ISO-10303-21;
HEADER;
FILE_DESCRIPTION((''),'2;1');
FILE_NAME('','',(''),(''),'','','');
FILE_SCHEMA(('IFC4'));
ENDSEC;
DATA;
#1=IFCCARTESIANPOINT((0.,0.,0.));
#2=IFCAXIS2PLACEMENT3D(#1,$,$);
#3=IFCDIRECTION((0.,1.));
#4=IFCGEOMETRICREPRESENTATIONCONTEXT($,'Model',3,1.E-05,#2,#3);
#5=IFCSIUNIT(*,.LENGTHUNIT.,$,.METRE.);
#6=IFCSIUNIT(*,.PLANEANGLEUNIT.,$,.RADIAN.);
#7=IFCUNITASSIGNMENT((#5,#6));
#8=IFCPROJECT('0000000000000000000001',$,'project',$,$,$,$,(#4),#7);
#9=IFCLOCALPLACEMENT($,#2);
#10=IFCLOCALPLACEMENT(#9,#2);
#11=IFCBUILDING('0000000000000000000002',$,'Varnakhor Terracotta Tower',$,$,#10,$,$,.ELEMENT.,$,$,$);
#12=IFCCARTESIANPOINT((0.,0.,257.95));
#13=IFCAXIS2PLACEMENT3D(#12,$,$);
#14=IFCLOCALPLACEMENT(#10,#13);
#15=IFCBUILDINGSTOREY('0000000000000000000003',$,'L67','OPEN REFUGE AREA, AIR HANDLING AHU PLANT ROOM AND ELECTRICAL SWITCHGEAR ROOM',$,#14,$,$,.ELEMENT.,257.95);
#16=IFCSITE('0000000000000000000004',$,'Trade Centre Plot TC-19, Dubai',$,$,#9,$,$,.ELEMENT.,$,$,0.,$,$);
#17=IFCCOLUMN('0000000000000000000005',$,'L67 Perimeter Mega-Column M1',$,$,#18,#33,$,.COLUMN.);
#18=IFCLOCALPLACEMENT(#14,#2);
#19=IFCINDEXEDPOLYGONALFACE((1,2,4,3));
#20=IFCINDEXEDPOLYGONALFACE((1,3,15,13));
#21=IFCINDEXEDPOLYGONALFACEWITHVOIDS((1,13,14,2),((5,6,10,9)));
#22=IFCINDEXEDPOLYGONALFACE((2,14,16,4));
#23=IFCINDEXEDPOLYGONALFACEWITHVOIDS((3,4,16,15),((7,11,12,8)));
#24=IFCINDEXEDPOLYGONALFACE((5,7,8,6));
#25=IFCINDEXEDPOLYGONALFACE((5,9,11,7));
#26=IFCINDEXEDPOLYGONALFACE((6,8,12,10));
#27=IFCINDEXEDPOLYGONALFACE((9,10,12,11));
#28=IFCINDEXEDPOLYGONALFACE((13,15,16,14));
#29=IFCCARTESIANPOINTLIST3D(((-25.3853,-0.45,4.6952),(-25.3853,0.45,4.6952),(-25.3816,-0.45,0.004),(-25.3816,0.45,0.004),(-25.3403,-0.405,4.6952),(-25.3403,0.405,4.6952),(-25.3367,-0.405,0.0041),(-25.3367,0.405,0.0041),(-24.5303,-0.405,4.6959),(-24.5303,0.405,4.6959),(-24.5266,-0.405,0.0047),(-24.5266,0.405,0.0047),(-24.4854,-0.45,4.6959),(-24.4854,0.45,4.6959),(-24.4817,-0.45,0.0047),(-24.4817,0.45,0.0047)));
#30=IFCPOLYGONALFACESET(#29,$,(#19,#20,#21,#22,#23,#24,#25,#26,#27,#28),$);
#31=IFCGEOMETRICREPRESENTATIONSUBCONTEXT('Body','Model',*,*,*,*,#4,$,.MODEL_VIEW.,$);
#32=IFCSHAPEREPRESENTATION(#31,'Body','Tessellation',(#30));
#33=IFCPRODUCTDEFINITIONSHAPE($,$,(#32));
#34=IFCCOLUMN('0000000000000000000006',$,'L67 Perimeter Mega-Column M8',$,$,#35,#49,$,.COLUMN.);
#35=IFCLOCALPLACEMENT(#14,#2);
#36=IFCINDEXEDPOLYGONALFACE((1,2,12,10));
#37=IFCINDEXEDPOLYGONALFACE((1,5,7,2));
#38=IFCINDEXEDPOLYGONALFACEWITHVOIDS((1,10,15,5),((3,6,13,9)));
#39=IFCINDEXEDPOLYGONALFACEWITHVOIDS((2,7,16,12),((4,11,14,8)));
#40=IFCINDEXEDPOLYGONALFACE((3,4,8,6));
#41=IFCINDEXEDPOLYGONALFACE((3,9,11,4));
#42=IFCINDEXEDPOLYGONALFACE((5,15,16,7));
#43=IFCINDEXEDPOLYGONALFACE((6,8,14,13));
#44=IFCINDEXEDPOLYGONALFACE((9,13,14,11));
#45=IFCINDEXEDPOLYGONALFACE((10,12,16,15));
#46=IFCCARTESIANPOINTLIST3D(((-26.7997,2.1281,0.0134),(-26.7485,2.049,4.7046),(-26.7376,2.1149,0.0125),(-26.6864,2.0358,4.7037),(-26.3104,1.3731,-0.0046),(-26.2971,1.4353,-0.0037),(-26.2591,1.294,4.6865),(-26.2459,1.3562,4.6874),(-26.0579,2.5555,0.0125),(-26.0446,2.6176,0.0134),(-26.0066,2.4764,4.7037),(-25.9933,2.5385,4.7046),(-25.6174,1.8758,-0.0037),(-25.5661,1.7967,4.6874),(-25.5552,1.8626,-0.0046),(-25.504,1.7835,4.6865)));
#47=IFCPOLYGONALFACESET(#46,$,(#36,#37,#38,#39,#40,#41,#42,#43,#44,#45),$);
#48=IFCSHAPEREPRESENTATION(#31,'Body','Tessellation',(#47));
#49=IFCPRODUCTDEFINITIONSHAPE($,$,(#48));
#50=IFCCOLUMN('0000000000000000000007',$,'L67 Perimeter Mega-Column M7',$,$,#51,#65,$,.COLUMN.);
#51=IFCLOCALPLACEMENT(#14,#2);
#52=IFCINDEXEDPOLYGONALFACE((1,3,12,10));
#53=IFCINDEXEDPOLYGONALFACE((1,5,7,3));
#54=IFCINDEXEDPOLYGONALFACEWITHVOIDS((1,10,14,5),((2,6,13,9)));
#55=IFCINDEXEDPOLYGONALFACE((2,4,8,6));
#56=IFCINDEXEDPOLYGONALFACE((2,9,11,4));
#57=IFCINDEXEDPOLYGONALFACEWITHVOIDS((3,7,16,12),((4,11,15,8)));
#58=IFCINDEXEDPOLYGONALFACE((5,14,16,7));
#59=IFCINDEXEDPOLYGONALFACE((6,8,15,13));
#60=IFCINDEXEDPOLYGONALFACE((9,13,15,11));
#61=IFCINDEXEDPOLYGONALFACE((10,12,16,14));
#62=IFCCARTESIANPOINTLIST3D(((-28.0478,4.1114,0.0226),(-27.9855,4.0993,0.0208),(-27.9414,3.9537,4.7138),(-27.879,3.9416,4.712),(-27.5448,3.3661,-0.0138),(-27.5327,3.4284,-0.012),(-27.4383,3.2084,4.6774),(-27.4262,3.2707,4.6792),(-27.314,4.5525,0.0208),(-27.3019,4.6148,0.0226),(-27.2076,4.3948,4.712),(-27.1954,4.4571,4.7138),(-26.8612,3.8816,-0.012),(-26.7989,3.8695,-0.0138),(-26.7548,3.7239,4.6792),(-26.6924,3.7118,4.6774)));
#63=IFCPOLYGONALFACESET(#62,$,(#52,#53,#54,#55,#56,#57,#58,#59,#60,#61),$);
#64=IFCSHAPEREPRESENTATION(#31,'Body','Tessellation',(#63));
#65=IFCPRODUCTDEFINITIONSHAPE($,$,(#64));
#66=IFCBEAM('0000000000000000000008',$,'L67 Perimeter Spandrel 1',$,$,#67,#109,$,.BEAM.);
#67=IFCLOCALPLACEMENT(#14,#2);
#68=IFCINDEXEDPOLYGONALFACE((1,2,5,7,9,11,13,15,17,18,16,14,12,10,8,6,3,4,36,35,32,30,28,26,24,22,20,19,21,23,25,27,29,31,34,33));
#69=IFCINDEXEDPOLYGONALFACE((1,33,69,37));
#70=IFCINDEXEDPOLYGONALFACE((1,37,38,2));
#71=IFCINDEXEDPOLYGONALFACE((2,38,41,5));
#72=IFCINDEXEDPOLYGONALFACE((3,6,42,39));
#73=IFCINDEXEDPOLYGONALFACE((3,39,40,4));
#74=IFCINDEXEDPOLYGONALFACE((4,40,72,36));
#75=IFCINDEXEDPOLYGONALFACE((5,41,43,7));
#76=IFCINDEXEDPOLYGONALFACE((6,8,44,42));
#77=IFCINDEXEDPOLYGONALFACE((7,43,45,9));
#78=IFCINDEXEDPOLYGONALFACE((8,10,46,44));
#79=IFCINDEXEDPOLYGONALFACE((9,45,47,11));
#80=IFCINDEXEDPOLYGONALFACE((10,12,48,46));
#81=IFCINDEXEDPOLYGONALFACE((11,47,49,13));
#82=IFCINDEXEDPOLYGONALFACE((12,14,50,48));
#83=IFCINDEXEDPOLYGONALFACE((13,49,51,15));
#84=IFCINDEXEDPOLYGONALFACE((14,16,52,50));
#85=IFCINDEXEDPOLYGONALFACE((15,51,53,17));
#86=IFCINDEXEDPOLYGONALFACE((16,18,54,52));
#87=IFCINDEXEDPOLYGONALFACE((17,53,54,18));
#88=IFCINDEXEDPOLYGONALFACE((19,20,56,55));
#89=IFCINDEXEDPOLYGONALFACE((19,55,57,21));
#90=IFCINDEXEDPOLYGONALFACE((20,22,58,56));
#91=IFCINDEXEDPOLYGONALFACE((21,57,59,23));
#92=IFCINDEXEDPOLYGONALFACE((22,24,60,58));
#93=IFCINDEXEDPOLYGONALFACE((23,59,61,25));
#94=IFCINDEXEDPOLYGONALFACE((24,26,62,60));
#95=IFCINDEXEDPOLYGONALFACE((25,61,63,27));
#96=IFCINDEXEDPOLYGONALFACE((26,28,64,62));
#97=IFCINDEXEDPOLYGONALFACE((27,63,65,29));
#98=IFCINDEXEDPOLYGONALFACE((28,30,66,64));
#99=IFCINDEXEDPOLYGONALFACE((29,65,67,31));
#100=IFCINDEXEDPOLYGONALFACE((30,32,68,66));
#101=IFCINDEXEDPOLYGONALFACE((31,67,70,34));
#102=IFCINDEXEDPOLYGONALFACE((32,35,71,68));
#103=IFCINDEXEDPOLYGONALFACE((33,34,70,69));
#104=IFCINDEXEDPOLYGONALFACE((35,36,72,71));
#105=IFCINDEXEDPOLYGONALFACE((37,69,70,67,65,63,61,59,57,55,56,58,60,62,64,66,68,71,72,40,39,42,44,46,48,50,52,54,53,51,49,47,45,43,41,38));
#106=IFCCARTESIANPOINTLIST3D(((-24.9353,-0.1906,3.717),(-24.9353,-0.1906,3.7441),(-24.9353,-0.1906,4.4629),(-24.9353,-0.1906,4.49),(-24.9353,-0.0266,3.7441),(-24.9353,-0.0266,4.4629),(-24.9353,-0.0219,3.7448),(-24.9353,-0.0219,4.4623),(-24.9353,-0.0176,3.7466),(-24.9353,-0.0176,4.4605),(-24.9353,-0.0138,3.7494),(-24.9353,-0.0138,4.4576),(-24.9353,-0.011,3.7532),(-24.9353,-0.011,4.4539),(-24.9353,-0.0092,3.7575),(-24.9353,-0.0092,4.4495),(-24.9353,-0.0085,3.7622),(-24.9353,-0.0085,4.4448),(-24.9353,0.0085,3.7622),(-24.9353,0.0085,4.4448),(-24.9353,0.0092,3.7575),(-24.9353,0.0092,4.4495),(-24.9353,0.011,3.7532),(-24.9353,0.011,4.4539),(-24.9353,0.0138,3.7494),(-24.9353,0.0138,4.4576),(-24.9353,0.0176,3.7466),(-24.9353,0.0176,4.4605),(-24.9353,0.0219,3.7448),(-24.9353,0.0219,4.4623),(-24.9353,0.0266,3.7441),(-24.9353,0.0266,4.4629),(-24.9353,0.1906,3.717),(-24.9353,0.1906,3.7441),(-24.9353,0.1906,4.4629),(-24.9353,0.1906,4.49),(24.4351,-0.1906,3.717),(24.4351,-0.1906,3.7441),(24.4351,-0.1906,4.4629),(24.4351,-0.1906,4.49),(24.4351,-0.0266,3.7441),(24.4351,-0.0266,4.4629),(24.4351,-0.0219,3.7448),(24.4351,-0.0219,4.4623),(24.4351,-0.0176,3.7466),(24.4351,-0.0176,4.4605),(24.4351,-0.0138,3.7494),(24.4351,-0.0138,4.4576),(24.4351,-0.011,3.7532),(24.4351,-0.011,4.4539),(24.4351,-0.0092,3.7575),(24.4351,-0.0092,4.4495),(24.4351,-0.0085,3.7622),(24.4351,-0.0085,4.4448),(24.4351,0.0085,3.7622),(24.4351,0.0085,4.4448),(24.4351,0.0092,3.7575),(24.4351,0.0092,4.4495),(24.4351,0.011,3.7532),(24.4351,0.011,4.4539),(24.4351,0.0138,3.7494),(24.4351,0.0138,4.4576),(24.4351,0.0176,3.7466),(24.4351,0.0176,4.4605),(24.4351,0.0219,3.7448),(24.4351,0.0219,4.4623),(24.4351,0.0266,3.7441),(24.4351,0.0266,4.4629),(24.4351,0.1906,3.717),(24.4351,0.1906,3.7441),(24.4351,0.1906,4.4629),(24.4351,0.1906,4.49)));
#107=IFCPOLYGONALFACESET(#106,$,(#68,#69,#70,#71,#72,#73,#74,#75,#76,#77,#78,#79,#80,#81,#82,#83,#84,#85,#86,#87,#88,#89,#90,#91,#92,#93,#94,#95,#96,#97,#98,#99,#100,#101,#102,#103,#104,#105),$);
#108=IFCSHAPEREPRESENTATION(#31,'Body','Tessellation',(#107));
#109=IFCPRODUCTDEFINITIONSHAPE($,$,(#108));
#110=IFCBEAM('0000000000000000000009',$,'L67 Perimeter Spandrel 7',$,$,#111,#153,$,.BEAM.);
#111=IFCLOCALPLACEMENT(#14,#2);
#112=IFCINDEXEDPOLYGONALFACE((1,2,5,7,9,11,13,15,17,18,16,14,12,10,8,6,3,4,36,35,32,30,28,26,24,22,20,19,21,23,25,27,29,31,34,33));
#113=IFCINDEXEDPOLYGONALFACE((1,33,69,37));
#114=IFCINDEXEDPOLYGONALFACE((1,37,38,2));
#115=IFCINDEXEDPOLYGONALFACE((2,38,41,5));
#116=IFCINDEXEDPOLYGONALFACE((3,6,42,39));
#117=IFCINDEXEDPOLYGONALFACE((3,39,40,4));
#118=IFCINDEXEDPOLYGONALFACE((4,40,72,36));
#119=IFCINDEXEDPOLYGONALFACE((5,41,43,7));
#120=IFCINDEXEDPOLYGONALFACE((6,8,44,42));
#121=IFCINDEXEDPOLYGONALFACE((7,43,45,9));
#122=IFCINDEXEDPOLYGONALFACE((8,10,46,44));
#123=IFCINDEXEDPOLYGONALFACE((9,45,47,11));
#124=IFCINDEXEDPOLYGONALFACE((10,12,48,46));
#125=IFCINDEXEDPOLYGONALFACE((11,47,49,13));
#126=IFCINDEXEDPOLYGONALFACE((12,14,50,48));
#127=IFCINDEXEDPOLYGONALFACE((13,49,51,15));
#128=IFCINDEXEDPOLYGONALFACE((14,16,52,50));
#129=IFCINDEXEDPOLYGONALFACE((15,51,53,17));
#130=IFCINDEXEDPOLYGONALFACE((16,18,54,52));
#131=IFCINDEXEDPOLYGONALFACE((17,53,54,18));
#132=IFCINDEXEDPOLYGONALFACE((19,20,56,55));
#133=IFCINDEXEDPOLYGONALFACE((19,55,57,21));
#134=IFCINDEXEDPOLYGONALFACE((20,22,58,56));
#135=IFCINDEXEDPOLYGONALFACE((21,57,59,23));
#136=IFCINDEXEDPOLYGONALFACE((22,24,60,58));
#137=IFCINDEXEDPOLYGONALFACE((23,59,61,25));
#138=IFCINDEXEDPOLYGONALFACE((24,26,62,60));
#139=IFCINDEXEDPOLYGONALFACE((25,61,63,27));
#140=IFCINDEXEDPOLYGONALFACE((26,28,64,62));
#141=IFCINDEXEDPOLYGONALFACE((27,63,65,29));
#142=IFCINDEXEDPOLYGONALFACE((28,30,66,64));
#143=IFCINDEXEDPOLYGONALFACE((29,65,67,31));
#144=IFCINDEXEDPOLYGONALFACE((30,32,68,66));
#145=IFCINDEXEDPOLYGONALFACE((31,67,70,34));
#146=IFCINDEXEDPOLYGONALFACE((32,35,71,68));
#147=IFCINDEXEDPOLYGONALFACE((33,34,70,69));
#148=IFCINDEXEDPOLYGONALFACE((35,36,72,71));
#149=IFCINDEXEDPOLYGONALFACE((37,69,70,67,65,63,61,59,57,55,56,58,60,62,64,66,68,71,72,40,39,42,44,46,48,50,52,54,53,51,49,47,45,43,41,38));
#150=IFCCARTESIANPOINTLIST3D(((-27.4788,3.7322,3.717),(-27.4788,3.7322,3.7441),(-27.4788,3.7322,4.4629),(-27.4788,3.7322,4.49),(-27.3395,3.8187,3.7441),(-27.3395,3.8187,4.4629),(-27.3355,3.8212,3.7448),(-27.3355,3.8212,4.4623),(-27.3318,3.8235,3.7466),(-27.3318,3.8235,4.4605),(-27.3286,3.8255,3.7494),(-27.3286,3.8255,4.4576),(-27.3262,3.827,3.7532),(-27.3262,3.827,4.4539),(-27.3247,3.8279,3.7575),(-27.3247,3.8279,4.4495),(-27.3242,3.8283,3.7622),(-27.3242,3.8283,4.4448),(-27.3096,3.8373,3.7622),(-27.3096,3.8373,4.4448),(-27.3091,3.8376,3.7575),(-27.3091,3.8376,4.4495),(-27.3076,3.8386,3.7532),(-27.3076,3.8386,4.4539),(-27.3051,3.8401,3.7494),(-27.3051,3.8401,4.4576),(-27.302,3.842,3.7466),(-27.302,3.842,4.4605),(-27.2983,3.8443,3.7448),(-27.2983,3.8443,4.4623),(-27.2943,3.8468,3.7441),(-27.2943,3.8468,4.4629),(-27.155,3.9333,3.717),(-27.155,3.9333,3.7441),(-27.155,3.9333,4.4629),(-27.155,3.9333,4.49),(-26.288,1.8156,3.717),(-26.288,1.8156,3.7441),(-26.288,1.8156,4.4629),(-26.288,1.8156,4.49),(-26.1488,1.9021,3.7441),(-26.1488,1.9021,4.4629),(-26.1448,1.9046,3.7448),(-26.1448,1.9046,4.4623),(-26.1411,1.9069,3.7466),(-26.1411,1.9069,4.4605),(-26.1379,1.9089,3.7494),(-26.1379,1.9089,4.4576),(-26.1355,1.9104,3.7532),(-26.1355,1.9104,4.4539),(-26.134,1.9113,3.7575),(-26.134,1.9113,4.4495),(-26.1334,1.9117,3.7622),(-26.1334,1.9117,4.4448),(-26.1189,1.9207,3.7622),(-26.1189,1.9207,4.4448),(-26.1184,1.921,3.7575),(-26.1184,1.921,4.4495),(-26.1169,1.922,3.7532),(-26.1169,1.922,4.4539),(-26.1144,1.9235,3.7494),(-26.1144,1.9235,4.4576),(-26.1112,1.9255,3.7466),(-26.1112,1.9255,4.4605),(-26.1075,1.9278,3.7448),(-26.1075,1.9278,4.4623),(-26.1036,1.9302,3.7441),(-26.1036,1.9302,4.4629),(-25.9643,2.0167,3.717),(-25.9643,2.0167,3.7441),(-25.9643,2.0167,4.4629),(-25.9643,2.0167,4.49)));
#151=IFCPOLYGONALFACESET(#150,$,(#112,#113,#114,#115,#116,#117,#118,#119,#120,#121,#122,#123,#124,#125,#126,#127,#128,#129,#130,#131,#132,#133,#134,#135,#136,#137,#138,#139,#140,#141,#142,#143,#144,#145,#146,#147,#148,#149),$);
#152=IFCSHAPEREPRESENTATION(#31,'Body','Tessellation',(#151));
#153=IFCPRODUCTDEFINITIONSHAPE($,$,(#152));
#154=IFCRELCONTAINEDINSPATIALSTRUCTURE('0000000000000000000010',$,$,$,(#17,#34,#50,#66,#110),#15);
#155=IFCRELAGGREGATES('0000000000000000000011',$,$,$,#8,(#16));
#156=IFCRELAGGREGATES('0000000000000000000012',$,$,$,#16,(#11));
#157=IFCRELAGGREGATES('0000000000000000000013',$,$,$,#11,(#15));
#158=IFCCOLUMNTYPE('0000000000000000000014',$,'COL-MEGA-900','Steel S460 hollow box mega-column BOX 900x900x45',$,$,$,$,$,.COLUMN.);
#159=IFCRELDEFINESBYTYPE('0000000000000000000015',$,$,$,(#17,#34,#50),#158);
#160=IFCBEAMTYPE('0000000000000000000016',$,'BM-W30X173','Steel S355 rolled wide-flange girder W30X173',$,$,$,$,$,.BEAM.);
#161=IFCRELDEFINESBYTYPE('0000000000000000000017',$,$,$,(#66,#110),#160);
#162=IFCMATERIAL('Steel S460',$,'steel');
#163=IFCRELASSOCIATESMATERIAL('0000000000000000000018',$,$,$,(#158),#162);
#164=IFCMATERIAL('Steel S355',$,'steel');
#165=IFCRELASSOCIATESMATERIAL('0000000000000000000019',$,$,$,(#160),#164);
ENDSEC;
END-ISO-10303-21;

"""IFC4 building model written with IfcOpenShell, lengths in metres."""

from ifc_helpers import new_model, si_unit, direction, frame, origin, origin_2d, place, context, subcontext, project, spatial, hollow_rectangle, i_section, extrude, source, transform, mapped, material, material_profile, profile_set, type_object, element, save


model = new_model("IFC4")

# Units and contexts
model_context = context("Model", 3, precision=1e-05, world=origin(), true_north=direction((0.0, 1.0)))
body_context = subcontext(model_context, "Body", "Model", "MODEL_VIEW")
ifc_project = project(units=[si_unit("LENGTHUNIT", "METRE"), si_unit("PLANEANGLEUNIT", "RADIAN")], contexts=[model_context])

# Site, building, storey
site_placement = place(None, origin())
site = spatial("IfcSite", under=ifc_project, at=site_placement, Name="Trade Centre Plot TC-19, Dubai", CompositionType="ELEMENT", RefElevation=0.0)
building_placement = place(site_placement, origin())
building = spatial("IfcBuilding", under=site, at=building_placement, Name="Varnakhor Terracotta Tower", CompositionType="ELEMENT")
storey_placement = place(building_placement, frame((0.0, 0.0, 257.95)))
storey = spatial("IfcBuildingStorey", under=building, at=storey_placement, Name="L67", Description="OPEN REFUGE AREA, AIR HANDLING AHU PLANT ROOM AND ELECTRICAL SWITCHGEAR ROOM", CompositionType="ELEMENT", Elevation=257.95)

# Columns
ifc_material_1 = material(Name="Steel S460", Category="steel")
ifc_material_profile_1 = material_profile(ifc_material_1, hollow_rectangle(XDim=0.8999, YDim=0.8999, WallThickness=0.0449, at=origin_2d()), Name="BOX 900x900x45")
ifc_profile_set_1 = profile_set([ifc_material_profile_1], Name="Steel S460")
column_type = type_object("IfcColumnType", Name="COL-MEGA-900", Description="Steel S460 hollow box mega-column BOX 900x900x45", PredefinedType="COLUMN", material=ifc_profile_set_1)
shared_shape_1 = source(origin(), body_context, "Body", "SweptSolid", [
    extrude(hollow_rectangle(XDim=0.8999, YDim=0.8999, WallThickness=0.0449, at=origin_2d()), origin(), (0.0, 0.0, 1.0), 4.6912),
])
column_1_placement = place(storey_placement, frame((-24.9316, 0.0, 0.0044), z_axis=(-0.000781, 0.0, 1.0), x_axis=(1.0, 0.0, 0.0)))
element("IfcColumn", 1, at=column_1_placement, inside=storey, type_object=column_type, Name="L67 Perimeter Mega-Column M1", PredefinedType="COLUMN", context=body_context, shape_type="MappedRepresentation", body=[
    mapped(shared_shape_1, transform((0.0, 0.0, 0.0), scale=1.0)),
])
shared_shape_2 = source(origin(), body_context, "Body", "SweptSolid", [
    extrude(hollow_rectangle(XDim=0.8999, YDim=0.8999, WallThickness=0.0449, at=origin_2d()), origin(), (0.0, 0.0, 1.0), 4.6921),
])
column_2_placement = place(storey_placement, frame((-26.1775, 1.9954, 0.0044), z_axis=(0.010927, -0.016858, 0.999798), x_axis=(0.839153, 0.543895, 0.0)))
element("IfcColumn", 2, at=column_2_placement, inside=storey, type_object=column_type, Name="L67 Perimeter Mega-Column M8", PredefinedType="COLUMN", context=body_context, shape_type="MappedRepresentation", body=[
    mapped(shared_shape_2, transform((0.0, 0.0, 0.0), scale=1.0)),
])
shared_shape_3 = source(origin(), body_context, "Body", "SweptSolid", [
    extrude(hollow_rectangle(XDim=0.8999, YDim=0.8999, WallThickness=0.0449, at=origin_2d()), origin(), (0.0, 0.0, 1.0), 4.6951),
])
column_3_placement = place(storey_placement, frame((-27.4233, 3.9905, 0.0044), z_axis=(0.022672, -0.033592, 0.999178), x_axis=(0.828878, 0.559429, 0.0)))
element("IfcColumn", 3, at=column_3_placement, inside=storey, type_object=column_type, Name="L67 Perimeter Mega-Column M7", PredefinedType="COLUMN", context=body_context, shape_type="MappedRepresentation", body=[
    mapped(shared_shape_3, transform((0.0, 0.0, 0.0), scale=1.0)),
])

# Beams
ifc_material_2 = material(Name="Steel S355", Category="steel")
ifc_material_profile_2 = material_profile(ifc_material_2, i_section(OverallWidth=0.3811, OverallDepth=0.7729, WebThickness=0.0171, FlangeThickness=0.0271, FilletRadius=0.0181, at=origin_2d()), Name="W30X173")
ifc_profile_set_2 = profile_set([ifc_material_profile_2], Name="Steel S355")
beam_type_1 = type_object("IfcBeamType", Name="BM-W30X173", Description="Steel S355 rolled wide-flange girder W30X173", PredefinedType="BEAM", material=ifc_profile_set_2)
shared_shape_4 = source(origin(), body_context, "Body", "SweptSolid", [
    extrude(i_section(OverallWidth=0.3811, OverallDepth=0.7729, WebThickness=0.0171, FlangeThickness=0.0271, FilletRadius=0.0181, at=origin_2d()), origin(), (0.0, 0.0, 1.0), 49.3704),
])
beam_1_placement = place(storey_placement, frame((-24.9353, 0.0, 4.1035), z_axis=(1.0, 0.0, 0.0), x_axis=(0.0, 1.0, 0.0)))
element("IfcBeam", 4, at=beam_1_placement, inside=storey, type_object=beam_type_1, Name="L67 Perimeter Spandrel 1", PredefinedType="BEAM", context=body_context, shape_type="MappedRepresentation", body=[
    mapped(shared_shape_4, transform((0.0, 0.0, 0.0), scale=1.0)),
])
shared_shape_5 = source(origin(), body_context, "Body", "SweptSolid", [
    extrude(i_section(OverallWidth=0.3811, OverallDepth=0.7729, WebThickness=0.0171, FlangeThickness=0.0271, FilletRadius=0.0181, at=origin_2d()), origin(), (0.0, 0.0, 1.0), 2.2563),
])
beam_2_placement = place(storey_placement, frame((-27.3169, 3.8328, 4.1035), z_axis=(0.527721, -0.849418, 0.0), x_axis=(0.849418, 0.527721, 0.0)))
element("IfcBeam", 5, at=beam_2_placement, inside=storey, type_object=beam_type_1, Name="L67 Perimeter Spandrel 7", PredefinedType="BEAM", context=body_context, shape_type="MappedRepresentation", body=[
    mapped(shared_shape_5, transform((0.0, 0.0, 0.0), scale=1.0)),
])

save(model, "model.ifc")
